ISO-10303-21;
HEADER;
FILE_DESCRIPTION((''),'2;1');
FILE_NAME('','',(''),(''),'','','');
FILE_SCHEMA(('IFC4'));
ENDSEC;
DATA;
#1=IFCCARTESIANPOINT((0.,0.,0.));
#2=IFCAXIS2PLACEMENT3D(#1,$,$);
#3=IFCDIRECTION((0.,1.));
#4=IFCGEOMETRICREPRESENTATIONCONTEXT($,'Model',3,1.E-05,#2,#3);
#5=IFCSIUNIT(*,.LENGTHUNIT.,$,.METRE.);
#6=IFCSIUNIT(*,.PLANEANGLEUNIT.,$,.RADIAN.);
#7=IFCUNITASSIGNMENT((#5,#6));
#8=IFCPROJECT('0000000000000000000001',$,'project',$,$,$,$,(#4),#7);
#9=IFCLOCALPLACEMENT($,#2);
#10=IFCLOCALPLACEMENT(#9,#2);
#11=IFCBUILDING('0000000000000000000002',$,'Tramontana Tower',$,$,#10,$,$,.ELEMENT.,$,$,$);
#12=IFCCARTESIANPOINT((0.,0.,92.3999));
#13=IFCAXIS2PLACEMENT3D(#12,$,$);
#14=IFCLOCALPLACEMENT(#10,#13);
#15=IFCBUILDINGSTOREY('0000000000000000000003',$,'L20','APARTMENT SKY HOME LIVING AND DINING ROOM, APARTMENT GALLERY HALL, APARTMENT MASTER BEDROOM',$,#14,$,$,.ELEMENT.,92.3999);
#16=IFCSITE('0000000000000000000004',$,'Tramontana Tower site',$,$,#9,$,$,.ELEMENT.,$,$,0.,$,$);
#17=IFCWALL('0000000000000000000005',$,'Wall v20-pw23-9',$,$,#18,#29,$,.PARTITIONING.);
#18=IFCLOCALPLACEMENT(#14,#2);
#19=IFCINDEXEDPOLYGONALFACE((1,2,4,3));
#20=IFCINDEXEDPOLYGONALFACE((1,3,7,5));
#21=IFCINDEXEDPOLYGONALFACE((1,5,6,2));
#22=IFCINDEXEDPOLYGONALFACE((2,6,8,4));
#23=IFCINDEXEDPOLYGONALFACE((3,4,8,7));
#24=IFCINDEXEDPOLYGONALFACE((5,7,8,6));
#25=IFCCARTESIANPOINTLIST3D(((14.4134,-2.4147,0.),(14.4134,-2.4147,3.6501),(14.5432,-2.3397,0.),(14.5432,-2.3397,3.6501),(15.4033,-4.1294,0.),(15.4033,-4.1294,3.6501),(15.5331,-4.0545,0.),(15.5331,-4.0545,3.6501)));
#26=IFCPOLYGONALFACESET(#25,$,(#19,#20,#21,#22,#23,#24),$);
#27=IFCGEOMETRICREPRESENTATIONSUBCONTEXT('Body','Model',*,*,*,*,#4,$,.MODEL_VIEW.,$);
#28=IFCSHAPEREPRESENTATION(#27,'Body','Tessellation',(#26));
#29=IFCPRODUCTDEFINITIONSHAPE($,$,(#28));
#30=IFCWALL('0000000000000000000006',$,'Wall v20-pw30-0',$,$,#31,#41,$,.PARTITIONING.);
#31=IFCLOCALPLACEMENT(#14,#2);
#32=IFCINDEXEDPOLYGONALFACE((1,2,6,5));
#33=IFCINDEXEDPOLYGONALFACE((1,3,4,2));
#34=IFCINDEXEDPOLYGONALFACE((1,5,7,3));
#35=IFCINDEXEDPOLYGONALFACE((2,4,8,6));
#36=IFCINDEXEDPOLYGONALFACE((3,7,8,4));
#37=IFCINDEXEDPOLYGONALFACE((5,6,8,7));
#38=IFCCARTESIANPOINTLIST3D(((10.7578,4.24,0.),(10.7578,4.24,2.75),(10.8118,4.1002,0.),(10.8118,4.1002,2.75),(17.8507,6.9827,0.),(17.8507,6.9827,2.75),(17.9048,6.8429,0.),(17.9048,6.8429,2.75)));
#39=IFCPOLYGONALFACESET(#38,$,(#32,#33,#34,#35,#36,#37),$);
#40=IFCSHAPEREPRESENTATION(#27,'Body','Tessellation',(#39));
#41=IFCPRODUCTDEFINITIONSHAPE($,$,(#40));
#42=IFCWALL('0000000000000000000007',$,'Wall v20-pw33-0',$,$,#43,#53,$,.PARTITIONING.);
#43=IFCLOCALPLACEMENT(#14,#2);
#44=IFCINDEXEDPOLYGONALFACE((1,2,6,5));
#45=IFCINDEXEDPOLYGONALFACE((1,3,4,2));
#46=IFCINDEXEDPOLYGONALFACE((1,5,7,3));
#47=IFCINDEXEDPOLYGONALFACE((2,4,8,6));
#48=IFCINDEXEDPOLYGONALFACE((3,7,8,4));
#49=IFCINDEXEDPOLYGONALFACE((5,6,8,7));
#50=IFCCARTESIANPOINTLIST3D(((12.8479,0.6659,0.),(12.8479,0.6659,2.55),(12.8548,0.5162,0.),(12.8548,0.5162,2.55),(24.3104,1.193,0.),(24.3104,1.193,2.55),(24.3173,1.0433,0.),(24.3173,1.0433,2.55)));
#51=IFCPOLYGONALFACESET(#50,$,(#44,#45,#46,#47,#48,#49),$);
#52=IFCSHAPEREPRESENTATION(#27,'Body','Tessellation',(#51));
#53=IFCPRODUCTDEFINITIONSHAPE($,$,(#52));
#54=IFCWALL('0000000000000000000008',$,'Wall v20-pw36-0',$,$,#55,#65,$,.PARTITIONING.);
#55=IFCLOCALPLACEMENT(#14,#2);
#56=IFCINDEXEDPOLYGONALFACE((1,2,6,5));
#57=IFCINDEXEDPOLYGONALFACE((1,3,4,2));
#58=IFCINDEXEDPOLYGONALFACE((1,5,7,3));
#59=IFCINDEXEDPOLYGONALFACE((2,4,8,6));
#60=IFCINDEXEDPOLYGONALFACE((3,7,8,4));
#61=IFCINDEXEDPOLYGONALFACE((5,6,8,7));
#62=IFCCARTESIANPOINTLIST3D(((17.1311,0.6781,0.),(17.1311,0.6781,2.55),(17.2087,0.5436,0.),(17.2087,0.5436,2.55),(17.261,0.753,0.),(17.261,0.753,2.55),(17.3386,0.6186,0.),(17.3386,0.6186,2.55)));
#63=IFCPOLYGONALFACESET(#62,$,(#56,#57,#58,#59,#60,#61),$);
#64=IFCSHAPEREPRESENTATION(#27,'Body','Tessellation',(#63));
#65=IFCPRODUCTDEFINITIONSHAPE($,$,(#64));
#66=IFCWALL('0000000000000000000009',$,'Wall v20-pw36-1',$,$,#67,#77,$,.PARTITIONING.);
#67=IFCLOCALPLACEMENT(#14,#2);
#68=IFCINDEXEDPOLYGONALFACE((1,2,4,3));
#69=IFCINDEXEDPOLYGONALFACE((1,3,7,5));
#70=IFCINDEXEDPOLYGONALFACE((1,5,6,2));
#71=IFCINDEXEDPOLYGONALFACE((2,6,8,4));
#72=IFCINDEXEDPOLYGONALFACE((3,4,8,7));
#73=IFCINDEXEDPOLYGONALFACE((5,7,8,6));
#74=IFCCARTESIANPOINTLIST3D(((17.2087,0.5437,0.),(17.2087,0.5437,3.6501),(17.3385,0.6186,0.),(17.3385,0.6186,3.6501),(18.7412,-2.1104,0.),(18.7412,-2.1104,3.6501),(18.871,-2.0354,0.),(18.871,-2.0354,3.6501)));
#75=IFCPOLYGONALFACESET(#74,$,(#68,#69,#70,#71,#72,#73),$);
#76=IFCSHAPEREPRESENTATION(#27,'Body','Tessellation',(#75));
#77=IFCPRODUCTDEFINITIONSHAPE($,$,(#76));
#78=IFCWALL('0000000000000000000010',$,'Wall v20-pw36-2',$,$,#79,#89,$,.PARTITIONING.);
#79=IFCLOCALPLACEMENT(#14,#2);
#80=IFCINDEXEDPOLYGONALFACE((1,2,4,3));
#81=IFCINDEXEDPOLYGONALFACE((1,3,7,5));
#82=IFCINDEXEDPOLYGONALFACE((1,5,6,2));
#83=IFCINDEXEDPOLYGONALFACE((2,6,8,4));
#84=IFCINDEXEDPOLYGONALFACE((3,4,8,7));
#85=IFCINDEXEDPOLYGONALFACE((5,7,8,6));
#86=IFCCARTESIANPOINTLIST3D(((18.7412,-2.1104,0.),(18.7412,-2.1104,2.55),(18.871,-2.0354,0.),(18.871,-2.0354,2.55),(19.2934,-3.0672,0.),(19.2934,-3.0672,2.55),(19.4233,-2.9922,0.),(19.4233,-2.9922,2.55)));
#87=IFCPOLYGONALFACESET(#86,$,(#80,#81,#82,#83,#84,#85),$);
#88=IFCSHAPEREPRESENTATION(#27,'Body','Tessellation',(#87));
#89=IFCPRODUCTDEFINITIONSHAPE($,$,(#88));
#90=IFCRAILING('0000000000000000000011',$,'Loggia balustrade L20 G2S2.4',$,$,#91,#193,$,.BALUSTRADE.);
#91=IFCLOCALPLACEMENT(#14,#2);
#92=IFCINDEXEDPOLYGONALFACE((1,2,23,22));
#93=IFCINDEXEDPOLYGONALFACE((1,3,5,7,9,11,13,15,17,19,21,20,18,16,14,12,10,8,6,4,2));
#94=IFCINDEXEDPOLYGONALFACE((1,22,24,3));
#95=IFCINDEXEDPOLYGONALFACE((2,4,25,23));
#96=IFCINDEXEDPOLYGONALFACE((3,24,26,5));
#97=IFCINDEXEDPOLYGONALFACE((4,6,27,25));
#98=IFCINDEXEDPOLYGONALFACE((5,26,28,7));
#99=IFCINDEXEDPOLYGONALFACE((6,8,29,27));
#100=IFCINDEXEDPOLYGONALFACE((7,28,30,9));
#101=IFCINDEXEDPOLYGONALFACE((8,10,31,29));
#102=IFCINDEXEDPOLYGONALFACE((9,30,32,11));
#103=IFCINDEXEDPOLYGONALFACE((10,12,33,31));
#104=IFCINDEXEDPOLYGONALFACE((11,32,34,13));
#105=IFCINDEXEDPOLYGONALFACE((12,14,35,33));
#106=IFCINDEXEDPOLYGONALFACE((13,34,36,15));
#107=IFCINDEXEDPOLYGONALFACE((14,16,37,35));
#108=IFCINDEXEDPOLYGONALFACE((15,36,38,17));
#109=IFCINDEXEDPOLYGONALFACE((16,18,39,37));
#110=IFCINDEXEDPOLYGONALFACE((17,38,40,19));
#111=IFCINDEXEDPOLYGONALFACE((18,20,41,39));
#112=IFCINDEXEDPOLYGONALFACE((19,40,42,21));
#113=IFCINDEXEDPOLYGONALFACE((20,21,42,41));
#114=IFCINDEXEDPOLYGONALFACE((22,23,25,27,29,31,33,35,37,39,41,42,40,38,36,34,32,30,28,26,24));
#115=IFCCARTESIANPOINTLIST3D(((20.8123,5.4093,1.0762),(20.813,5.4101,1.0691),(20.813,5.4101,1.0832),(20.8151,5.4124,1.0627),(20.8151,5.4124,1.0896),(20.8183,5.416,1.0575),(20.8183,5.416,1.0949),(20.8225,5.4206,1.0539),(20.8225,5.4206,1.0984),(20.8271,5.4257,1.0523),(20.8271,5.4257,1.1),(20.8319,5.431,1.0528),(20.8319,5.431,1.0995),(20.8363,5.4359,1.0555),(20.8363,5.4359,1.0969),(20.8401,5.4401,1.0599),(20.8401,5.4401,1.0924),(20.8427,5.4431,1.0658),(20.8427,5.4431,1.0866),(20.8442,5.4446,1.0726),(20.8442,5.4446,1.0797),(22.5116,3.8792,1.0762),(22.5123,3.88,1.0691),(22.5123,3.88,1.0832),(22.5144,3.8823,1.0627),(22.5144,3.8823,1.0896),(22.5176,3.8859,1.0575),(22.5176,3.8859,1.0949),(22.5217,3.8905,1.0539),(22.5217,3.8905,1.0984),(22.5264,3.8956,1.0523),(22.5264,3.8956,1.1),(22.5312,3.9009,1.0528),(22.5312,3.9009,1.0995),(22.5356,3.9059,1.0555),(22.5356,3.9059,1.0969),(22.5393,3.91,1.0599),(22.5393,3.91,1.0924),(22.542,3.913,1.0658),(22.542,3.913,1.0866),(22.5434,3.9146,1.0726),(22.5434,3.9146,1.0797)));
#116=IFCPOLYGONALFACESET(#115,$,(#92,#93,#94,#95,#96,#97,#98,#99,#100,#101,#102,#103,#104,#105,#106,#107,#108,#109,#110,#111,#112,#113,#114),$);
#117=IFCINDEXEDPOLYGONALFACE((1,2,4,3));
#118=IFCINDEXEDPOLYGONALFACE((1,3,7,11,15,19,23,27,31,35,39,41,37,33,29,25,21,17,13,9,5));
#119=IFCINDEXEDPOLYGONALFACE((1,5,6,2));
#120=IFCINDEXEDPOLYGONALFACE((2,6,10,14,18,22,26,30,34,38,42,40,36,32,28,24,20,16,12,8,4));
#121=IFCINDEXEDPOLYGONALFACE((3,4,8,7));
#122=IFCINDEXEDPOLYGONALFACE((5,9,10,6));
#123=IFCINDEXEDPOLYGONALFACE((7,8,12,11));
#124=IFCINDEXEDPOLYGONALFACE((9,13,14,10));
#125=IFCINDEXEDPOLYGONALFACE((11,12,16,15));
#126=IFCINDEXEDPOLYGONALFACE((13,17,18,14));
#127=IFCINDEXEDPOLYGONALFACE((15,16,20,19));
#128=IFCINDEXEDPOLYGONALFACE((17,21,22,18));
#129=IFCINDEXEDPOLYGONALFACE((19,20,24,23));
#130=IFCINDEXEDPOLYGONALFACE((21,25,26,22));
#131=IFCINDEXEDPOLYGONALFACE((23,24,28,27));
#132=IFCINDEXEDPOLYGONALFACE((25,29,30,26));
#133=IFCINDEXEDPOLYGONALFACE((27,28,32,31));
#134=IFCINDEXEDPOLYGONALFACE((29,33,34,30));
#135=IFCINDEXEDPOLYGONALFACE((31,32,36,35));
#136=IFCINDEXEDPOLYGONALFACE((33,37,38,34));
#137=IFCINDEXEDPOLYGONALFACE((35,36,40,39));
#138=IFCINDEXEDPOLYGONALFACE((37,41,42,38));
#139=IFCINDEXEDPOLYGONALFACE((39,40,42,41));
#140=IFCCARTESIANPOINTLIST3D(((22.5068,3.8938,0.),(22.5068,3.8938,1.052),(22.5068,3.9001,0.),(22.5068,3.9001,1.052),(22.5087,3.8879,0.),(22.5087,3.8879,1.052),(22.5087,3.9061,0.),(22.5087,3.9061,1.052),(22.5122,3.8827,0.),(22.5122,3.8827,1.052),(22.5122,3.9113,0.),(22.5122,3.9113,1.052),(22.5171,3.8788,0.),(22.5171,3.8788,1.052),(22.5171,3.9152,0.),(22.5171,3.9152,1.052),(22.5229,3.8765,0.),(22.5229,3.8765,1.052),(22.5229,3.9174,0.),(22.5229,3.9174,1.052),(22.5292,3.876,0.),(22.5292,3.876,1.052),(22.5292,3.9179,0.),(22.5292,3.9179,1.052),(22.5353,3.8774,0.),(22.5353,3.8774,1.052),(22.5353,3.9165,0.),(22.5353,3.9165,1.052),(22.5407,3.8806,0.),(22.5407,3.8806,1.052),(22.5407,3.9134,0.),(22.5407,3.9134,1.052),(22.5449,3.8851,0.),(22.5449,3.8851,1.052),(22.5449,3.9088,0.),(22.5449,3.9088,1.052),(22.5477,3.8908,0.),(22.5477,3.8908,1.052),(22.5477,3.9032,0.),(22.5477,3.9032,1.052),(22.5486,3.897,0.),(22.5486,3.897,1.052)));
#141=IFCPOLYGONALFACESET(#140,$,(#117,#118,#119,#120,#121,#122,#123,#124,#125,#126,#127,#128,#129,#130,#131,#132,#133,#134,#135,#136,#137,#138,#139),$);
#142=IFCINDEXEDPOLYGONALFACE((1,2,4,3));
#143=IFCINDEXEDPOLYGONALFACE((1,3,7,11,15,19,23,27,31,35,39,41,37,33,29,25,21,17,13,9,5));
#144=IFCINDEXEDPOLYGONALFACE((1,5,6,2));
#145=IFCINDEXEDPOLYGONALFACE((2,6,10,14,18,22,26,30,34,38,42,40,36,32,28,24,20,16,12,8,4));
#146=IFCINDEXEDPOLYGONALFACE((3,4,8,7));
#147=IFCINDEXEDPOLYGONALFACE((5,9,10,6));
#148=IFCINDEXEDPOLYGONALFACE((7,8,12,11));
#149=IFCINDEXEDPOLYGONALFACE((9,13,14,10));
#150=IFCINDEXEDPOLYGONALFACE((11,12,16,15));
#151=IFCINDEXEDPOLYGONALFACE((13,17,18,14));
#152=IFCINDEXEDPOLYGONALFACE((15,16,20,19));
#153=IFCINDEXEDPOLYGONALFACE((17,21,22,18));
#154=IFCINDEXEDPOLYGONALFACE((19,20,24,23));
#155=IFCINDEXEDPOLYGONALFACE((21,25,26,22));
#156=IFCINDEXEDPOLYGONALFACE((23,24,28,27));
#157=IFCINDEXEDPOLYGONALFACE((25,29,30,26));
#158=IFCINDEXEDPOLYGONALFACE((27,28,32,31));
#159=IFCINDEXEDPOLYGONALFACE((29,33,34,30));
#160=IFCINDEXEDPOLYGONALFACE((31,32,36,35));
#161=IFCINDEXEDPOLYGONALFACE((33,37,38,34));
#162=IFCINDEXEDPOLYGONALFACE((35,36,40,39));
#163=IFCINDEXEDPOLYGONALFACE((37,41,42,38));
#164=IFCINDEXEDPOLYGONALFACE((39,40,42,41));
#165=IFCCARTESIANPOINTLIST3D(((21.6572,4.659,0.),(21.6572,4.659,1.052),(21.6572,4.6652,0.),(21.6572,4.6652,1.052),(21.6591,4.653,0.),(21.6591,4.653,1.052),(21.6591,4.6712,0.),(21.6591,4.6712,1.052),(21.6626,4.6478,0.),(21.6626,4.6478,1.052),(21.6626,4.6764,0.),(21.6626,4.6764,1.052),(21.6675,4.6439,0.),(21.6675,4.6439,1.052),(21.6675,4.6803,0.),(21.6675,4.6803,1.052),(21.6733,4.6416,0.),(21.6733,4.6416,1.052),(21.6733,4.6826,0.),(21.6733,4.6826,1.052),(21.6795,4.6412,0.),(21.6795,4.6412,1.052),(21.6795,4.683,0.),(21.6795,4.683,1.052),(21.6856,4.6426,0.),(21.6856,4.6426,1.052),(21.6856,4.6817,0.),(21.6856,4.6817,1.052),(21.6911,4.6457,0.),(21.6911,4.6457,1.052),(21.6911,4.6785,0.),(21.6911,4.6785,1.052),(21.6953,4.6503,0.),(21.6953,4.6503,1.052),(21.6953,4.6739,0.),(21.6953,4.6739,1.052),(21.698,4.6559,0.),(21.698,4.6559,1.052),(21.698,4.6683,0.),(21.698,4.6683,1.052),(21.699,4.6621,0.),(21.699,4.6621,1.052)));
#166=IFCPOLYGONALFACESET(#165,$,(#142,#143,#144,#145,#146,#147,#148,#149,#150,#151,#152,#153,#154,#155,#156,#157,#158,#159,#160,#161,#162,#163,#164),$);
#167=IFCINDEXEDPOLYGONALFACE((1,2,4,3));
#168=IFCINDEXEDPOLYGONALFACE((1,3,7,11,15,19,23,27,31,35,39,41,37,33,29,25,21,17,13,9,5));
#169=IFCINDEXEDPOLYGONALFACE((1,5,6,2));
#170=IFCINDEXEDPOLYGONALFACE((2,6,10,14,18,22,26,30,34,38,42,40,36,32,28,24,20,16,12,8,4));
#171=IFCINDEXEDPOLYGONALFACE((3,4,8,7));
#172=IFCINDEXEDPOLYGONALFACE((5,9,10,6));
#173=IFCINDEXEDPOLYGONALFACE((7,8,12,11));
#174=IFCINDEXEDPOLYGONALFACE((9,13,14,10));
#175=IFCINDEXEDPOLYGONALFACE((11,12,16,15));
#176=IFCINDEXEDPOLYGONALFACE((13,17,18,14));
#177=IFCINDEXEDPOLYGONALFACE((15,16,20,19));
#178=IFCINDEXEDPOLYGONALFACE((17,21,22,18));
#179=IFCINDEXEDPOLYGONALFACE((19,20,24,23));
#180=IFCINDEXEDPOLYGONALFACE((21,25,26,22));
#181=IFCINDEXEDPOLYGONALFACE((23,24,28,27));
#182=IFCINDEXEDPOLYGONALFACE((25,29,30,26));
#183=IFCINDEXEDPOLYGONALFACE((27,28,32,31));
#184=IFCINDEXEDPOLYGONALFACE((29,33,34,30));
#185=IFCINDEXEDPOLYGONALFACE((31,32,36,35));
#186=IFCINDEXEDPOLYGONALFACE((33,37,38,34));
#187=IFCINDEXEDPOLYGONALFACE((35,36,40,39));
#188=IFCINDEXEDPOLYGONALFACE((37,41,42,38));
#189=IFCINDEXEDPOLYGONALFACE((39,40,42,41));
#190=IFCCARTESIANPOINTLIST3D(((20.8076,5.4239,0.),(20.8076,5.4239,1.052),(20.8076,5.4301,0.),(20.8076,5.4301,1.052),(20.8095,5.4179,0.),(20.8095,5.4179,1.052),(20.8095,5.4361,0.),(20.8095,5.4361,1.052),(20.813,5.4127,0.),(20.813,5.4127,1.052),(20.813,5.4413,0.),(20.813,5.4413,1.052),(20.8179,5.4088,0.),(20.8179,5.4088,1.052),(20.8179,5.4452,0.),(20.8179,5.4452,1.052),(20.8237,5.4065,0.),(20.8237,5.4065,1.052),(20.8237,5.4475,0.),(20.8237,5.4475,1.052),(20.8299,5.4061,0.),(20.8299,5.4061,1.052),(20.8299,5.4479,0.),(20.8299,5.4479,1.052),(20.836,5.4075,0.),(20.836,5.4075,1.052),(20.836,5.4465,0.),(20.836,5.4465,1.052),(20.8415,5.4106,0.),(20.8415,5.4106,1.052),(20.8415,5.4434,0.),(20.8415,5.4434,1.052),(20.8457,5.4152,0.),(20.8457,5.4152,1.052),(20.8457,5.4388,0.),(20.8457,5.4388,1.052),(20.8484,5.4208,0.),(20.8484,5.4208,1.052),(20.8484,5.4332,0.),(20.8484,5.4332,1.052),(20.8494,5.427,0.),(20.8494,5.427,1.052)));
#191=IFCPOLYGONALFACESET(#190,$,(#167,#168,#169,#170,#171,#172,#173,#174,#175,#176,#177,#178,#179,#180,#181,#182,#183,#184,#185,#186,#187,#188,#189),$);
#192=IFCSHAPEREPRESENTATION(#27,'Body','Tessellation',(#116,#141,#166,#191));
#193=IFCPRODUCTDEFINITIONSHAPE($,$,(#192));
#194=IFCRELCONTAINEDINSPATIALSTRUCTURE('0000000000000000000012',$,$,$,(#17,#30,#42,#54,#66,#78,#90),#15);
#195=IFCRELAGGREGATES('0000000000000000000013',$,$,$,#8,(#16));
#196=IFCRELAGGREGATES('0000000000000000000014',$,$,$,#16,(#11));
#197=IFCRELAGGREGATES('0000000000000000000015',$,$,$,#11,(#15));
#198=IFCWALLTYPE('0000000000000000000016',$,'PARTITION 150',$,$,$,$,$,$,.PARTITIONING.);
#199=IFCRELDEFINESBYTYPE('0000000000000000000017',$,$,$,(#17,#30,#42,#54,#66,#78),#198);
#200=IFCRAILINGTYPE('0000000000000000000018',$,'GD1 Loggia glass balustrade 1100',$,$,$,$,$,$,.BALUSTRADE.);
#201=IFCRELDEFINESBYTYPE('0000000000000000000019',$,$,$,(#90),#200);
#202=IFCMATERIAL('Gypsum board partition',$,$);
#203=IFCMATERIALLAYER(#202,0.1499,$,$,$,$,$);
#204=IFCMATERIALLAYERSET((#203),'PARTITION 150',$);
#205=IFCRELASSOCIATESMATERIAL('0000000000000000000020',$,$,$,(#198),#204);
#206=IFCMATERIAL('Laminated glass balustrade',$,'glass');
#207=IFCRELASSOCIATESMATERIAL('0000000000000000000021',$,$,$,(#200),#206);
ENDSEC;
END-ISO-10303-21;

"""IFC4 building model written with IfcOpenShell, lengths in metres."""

from ifc_helpers import new_model, si_unit, direction, frame, frame_2d, origin, origin_2d, place, context, subcontext, project, spatial, rectangle, circle, extrude, material, layer, layer_set, type_object, element, save


model = new_model("IFC4")

# Units and contexts
model_context = context("Model", 3, precision=1e-05, world=origin(), true_north=direction((0.0, 1.0)))
body_context = subcontext(model_context, "Body", "Model", "MODEL_VIEW")
ifc_project = project(units=[si_unit("LENGTHUNIT", "METRE"), si_unit("PLANEANGLEUNIT", "RADIAN")], contexts=[model_context])

# Site, building, storey
site_placement = place(None, origin())
site = spatial("IfcSite", under=ifc_project, at=site_placement, Name="Tramontana Tower site", CompositionType="ELEMENT", RefElevation=0.0)
building_placement = place(site_placement, origin())
building = spatial("IfcBuilding", under=site, at=building_placement, Name="Tramontana Tower", CompositionType="ELEMENT")
storey_placement = place(building_placement, frame((0.0, 0.0, 92.3999)))
storey = spatial("IfcBuildingStorey", under=building, at=storey_placement, Name="L20", Description="APARTMENT SKY HOME LIVING AND DINING ROOM, APARTMENT GALLERY HALL, APARTMENT MASTER BEDROOM", CompositionType="ELEMENT", Elevation=92.3999)

# Shared definitions
ifc_material_1 = material(Name="Gypsum board partition")
ifc_layer_1 = layer(ifc_material_1, 0.1499)
ifc_layer_set_1 = layer_set([ifc_layer_1], Name="PARTITION 150")
wall_type_1 = type_object("IfcWallType", Name="PARTITION 150", PredefinedType="PARTITIONING", material=ifc_layer_set_1)

# Walls
wall_1_placement = place(storey_placement, frame((14.4783, -2.3772, 0.0), z_axis=(0.0, 0.0, 1.0), x_axis=(0.499971, -0.866042, 0.0)))
element("IfcWall", 1, at=wall_1_placement, inside=storey, type_object=wall_type_1, Name="Wall v20-pw23-9", PredefinedType="PARTITIONING", context=body_context, shape_type="SweptSolid", body=[
    extrude(rectangle(XDim=1.98, YDim=0.1499, at=frame_2d((0.99, 0.0))), origin(), (0.0, 0.0, 1.0), 3.6501),
])
wall_2_placement = place(storey_placement, frame((10.7849, 4.1702, 0.0), z_axis=(0.0, 0.0, 1.0), x_axis=(0.932701, 0.36065, 0.0)))
element("IfcWall", 2, at=wall_2_placement, inside=storey, type_object=wall_type_1, Name="Wall v20-pw30-0", PredefinedType="PARTITIONING", context=body_context, shape_type="SweptSolid", body=[
    extrude(rectangle(XDim=7.6047, YDim=0.1499, at=frame_2d((3.8022, 0.0))), origin(), (0.0, 0.0, 1.0), 2.75),
])
wall_3_placement = place(storey_placement, frame((12.8513, 0.5911, 0.0), z_axis=(0.0, 0.0, 1.0), x_axis=(0.998944, 0.045937, 0.0)))
element("IfcWall", 3, at=wall_3_placement, inside=storey, type_object=wall_type_1, Name="Wall v20-pw33-0", PredefinedType="PARTITIONING", context=body_context, shape_type="SweptSolid", body=[
    extrude(rectangle(XDim=11.4746, YDim=0.1499, at=frame_2d((5.7373, 0.0))), origin(), (0.0, 0.0, 1.0), 2.55),
])
wall_4_placement = place(storey_placement, frame((17.196, 0.7156, 0.0), z_axis=(0.0, 0.0, 1.0), x_axis=(0.499859, -0.866107, 0.0)))
element("IfcWall", 4, at=wall_4_placement, inside=storey, type_object=wall_type_1, Name="Wall v20-pw36-0", PredefinedType="PARTITIONING", context=body_context, shape_type="SweptSolid", body=[
    extrude(rectangle(XDim=0.1553, YDim=0.1499, at=frame_2d((0.0776, 0.0))), origin(), (0.0, 0.0, 1.0), 2.55),
])
wall_5_placement = place(storey_placement, frame((17.2737, 0.5811, 0.0), z_axis=(0.0, 0.0, 1.0), x_axis=(0.500037, -0.866004, 0.0)))
element("IfcWall", 5, at=wall_5_placement, inside=storey, type_object=wall_type_1, Name="Wall v20-pw36-1", PredefinedType="PARTITIONING", context=body_context, shape_type="SweptSolid", body=[
    extrude(rectangle(XDim=3.0647, YDim=0.1499, at=frame_2d((1.5322, 0.0))), origin(), (0.0, 0.0, 1.0), 3.6501),
])
wall_6_placement = place(storey_placement, frame((18.8062, -2.073, 0.0), z_axis=(0.0, 0.0, 1.0), x_axis=(0.499895, -0.866086, 0.0)))
element("IfcWall", 6, at=wall_6_placement, inside=storey, type_object=wall_type_1, Name="Wall v20-pw36-2", PredefinedType="PARTITIONING", context=body_context, shape_type="SweptSolid", body=[
    extrude(rectangle(XDim=1.1047, YDim=0.1499, at=frame_2d((0.5522, 0.0))), origin(), (0.0, 0.0, 1.0), 2.55),
])

# Railing
ifc_material_2 = material(Name="Laminated glass balustrade", Category="glass")
railing_type = type_object("IfcRailingType", Name="GD1 Loggia glass balustrade 1100", PredefinedType="BALUSTRADE", material=ifc_material_2)
railing_placement = place(storey_placement, frame((22.5276, 3.897, 0.0)))
element("IfcRailing", 7, at=railing_placement, inside=storey, type_object=railing_type, Name="Loggia balustrade L20 G2S2.4", PredefinedType="BALUSTRADE", context=body_context, shape_type="SweptSolid", body=[
    extrude(circle(Radius=0.0239, at=origin_2d()), frame((0.0, 0.0, 1.0762), z_axis=(-0.743135, 0.669142, 0.0), x_axis=(-0.669142, -0.743135, 0.0)), (0.0, 0.0, 1.0), 2.2866),
    extrude(circle(Radius=0.021, at=origin_2d()), origin(), (0.0, 0.0, 1.0), 1.052),
    extrude(circle(Radius=0.021, at=origin_2d()), frame((-0.8496, 0.7651, 0.0)), (0.0, 0.0, 1.0), 1.052),
    extrude(circle(Radius=0.021, at=origin_2d()), frame((-1.6992, 1.53, 0.0)), (0.0, 0.0, 1.0), 1.052),
])

save(model, "model.ifc")
